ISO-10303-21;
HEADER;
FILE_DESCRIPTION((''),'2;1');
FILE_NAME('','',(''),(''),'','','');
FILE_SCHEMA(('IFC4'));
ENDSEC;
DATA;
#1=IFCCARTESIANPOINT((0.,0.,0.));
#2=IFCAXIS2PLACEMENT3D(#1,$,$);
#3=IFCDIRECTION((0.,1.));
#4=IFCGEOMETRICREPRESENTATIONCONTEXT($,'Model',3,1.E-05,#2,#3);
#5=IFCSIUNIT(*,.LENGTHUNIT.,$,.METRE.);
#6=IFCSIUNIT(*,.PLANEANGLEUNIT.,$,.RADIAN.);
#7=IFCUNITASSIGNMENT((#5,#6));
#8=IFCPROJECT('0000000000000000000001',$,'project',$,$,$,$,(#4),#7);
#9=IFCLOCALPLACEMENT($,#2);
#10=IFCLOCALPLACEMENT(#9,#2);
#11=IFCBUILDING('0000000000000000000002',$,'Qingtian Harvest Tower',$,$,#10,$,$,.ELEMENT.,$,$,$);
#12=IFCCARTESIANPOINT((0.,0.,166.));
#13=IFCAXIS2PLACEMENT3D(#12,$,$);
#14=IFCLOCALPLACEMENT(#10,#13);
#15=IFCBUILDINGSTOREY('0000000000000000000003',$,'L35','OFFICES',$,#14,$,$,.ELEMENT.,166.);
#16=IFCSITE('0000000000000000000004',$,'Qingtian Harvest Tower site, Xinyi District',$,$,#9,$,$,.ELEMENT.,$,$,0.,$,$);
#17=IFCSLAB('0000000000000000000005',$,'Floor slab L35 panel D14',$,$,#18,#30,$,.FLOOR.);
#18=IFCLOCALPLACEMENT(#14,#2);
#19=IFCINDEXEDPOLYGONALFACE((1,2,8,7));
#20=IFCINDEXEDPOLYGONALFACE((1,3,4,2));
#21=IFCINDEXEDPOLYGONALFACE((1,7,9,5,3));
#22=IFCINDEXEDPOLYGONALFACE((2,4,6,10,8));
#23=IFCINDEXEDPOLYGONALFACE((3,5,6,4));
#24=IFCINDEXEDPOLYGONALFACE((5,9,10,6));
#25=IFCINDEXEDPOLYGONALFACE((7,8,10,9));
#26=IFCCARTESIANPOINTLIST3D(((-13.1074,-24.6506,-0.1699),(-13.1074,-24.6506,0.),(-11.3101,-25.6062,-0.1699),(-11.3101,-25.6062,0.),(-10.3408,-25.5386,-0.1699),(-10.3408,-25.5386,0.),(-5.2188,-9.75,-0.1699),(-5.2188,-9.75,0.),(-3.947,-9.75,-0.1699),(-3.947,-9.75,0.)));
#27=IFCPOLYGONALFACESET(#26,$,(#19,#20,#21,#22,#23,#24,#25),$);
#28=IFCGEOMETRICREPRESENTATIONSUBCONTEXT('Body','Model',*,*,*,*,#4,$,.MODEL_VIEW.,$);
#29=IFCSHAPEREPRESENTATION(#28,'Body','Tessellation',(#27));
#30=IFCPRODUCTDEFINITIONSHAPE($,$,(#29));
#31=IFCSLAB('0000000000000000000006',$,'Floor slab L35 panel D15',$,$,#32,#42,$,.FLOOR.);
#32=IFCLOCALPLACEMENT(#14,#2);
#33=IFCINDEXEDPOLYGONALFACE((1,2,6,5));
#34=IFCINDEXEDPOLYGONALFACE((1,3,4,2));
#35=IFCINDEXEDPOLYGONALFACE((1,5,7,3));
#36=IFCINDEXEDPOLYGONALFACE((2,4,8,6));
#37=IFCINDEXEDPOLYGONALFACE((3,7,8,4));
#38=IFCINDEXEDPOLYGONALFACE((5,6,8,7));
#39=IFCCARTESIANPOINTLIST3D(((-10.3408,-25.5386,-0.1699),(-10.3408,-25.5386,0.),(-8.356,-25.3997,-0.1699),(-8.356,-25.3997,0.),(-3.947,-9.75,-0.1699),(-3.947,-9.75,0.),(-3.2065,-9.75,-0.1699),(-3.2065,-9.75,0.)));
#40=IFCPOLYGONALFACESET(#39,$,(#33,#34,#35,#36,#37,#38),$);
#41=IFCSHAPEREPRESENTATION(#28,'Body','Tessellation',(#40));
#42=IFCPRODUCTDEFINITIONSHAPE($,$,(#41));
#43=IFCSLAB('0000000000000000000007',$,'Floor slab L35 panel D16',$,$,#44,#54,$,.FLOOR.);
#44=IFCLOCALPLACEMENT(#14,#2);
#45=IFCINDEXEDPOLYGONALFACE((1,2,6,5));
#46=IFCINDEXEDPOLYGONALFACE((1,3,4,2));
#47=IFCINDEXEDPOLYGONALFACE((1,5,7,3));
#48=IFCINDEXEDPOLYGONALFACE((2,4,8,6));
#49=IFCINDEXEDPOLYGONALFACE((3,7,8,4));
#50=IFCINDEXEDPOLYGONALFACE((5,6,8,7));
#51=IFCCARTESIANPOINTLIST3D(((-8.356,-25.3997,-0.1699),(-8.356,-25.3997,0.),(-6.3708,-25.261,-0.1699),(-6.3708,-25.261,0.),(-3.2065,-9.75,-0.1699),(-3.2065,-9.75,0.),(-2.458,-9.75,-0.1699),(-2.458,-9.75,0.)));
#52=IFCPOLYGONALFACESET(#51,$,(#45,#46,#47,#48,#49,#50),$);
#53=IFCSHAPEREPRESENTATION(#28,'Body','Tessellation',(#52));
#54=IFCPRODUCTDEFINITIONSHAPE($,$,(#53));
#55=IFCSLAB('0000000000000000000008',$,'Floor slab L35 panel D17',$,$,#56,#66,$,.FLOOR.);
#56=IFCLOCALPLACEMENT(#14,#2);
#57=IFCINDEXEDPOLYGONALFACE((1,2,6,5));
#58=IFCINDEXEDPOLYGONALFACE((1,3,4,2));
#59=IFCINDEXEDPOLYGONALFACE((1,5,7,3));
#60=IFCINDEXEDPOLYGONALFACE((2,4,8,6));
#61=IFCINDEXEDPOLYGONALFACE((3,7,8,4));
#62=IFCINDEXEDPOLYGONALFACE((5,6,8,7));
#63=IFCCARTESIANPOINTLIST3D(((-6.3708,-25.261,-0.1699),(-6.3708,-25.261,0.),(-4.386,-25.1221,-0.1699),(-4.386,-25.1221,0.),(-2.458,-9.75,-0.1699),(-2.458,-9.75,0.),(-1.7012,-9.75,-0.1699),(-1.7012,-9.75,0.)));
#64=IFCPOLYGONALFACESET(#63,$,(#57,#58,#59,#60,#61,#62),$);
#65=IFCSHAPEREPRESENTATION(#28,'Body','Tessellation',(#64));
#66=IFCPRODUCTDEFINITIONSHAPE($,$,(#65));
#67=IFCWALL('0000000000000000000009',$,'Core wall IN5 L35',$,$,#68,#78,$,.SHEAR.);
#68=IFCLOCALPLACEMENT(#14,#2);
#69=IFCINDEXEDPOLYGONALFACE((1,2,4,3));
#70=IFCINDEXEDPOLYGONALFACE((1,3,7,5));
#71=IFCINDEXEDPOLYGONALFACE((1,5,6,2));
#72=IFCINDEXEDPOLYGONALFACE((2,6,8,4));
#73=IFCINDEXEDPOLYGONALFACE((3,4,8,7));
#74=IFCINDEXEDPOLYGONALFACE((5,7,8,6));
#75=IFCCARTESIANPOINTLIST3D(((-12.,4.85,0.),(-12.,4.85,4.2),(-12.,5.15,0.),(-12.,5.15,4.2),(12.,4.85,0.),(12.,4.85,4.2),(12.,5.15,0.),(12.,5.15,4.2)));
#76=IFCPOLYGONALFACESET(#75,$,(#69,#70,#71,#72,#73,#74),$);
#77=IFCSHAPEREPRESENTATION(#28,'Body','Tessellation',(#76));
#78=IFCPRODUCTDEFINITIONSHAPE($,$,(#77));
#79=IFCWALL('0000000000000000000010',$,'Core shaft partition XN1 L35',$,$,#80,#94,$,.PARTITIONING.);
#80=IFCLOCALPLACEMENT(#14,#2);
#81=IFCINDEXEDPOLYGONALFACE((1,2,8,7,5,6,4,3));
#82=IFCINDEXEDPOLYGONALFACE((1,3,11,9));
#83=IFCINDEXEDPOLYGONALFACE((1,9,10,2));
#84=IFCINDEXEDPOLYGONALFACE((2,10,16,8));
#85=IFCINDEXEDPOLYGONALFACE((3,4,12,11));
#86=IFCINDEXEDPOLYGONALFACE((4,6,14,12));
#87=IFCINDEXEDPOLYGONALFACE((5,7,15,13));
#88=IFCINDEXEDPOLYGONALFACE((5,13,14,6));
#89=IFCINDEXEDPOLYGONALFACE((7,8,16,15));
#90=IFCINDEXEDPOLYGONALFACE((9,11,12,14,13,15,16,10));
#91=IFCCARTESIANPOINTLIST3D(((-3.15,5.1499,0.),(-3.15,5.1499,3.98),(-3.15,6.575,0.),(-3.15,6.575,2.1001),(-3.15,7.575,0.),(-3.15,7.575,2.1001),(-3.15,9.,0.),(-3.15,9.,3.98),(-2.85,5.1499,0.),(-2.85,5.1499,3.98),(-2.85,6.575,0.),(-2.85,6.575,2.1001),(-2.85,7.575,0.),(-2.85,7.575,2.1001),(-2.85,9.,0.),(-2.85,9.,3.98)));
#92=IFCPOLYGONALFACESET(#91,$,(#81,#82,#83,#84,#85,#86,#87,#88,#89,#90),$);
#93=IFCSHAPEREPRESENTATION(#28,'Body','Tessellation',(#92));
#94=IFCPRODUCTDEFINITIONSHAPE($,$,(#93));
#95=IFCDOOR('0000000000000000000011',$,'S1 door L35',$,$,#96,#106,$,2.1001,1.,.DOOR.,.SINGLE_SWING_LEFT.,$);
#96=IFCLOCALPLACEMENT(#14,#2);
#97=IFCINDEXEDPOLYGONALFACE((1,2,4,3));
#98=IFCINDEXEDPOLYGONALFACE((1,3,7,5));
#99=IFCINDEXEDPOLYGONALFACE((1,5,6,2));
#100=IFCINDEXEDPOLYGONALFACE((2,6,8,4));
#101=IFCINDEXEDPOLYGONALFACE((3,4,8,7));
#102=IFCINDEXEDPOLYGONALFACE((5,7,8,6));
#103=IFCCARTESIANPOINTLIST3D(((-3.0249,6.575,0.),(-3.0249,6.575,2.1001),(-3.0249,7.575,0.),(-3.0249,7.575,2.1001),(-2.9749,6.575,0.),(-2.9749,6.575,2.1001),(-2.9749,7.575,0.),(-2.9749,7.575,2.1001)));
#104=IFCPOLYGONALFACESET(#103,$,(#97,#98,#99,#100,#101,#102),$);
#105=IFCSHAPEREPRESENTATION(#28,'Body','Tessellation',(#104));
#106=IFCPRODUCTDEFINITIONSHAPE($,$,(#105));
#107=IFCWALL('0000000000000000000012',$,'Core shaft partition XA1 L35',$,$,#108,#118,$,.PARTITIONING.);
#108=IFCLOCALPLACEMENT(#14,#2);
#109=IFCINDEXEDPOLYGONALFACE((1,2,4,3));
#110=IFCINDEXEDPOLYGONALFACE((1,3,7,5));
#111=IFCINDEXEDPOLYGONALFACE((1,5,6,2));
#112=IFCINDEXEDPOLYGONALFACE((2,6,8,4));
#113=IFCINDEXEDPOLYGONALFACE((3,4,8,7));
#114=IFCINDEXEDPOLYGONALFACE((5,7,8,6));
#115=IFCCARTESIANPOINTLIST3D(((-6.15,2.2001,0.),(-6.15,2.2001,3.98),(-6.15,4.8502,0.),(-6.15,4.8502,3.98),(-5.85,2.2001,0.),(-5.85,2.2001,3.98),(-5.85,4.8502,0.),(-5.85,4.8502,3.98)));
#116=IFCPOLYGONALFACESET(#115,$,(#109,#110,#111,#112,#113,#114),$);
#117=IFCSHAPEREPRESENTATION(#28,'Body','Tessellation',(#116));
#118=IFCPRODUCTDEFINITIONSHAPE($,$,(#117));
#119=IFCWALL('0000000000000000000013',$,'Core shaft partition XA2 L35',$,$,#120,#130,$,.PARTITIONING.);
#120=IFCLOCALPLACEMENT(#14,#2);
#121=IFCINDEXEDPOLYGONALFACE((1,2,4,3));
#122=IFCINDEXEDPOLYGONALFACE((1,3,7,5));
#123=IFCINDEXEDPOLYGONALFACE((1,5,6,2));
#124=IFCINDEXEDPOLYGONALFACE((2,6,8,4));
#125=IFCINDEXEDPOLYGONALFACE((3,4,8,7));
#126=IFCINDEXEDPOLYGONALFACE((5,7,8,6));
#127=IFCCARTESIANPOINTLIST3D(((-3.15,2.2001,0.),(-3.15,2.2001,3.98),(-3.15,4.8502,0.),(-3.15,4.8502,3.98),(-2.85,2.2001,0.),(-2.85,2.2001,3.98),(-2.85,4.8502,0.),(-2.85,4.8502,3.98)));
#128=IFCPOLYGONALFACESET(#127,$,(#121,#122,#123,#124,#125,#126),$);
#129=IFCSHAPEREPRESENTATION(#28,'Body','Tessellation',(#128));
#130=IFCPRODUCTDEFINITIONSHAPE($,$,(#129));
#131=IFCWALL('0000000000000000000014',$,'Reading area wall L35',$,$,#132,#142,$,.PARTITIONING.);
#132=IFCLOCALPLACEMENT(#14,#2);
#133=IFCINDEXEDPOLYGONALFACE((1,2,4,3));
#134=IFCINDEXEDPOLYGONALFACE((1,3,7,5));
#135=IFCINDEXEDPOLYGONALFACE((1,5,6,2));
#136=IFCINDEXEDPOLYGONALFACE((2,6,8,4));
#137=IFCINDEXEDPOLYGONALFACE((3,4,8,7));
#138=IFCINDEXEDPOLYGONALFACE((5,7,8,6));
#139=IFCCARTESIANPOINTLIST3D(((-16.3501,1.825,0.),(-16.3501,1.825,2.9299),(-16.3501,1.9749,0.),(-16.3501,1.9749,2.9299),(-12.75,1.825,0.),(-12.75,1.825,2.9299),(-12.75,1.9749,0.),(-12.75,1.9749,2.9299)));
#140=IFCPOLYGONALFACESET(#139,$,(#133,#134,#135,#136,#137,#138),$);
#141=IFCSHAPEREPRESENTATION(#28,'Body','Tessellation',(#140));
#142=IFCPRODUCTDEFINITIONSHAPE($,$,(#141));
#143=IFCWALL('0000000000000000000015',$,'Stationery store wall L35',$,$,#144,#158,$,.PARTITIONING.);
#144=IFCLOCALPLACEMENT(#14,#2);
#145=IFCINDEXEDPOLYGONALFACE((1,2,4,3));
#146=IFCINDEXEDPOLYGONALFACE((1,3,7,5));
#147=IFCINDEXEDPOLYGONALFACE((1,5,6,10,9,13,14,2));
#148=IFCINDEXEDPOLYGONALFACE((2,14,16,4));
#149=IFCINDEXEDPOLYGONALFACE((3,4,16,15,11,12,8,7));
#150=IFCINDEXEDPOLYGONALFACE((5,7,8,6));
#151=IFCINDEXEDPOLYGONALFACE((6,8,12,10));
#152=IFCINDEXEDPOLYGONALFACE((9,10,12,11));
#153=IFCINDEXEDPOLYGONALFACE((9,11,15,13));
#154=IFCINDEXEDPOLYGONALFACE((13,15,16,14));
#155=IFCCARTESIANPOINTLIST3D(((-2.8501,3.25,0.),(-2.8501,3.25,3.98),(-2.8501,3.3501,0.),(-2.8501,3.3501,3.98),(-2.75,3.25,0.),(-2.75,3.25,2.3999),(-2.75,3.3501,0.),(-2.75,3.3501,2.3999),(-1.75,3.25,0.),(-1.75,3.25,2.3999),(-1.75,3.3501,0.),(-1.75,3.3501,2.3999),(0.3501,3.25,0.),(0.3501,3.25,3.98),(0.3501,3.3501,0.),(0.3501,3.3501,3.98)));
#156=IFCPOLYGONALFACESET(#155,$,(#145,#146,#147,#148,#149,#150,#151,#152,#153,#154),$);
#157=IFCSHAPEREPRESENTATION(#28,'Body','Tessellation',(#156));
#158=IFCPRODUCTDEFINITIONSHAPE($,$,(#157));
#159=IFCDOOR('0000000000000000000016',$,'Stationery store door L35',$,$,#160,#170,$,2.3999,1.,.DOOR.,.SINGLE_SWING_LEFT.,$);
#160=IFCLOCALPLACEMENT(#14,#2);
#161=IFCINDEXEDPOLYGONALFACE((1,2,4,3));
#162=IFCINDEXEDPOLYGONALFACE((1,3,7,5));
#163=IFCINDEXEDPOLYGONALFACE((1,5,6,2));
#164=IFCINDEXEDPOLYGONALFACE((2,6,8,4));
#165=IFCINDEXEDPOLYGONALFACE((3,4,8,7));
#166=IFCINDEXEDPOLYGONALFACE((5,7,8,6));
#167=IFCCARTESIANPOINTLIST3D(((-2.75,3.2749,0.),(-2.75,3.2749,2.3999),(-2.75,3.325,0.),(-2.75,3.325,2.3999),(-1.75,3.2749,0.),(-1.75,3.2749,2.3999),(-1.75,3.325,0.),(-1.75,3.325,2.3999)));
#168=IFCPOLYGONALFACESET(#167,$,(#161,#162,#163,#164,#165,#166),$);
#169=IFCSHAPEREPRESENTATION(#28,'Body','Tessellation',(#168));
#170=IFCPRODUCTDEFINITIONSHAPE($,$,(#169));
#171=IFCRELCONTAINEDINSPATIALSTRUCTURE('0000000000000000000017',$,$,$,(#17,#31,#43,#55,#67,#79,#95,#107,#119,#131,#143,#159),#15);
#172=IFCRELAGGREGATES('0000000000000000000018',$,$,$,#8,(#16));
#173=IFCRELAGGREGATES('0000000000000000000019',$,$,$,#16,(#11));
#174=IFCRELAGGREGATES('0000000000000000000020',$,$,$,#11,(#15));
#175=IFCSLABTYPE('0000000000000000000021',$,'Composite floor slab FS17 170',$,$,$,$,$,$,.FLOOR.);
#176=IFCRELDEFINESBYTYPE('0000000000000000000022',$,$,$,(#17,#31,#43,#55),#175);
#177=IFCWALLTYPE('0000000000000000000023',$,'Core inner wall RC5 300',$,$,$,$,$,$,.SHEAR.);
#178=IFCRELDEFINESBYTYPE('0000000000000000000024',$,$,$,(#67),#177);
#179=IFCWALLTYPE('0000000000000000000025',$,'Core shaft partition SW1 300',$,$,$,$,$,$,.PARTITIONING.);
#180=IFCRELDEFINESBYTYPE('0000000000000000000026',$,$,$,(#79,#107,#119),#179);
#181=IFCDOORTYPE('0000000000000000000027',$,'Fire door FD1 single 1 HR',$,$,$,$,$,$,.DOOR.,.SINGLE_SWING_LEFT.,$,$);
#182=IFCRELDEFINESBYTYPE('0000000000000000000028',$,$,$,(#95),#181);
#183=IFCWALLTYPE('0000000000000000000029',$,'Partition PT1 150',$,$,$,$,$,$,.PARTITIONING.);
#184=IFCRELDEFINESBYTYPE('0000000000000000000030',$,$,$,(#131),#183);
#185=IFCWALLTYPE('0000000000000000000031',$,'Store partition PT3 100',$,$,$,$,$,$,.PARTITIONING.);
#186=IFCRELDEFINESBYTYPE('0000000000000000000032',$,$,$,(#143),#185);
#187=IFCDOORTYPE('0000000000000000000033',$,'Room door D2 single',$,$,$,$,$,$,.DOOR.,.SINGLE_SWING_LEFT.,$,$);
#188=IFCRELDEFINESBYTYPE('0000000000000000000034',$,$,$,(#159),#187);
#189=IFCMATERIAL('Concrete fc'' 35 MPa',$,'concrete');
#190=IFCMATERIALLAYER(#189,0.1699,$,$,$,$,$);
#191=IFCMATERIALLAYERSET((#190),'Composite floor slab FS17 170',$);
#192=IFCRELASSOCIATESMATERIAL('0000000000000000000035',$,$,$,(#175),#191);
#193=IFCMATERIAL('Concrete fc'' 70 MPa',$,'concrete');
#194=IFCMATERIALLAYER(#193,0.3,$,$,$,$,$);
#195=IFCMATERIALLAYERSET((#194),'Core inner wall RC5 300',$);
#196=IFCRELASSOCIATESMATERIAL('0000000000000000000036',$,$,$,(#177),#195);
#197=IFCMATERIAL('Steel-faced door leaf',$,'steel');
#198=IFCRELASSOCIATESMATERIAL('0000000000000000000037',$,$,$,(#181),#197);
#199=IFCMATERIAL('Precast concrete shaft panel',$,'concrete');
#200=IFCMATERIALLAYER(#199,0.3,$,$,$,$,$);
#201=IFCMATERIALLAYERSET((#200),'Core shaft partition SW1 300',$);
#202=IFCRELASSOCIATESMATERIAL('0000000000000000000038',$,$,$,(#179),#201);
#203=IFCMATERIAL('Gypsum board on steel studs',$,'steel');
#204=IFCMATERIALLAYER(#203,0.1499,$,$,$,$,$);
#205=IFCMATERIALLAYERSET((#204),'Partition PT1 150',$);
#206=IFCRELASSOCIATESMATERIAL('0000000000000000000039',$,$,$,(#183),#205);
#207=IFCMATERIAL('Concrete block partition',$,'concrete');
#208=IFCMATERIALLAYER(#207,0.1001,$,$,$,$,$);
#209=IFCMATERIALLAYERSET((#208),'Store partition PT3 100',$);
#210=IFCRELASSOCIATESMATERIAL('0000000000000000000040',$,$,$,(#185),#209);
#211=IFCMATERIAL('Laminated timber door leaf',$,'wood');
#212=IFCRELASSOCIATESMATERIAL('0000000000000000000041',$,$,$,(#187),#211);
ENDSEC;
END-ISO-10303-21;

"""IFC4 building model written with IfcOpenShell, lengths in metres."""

from ifc_helpers import new_model, si_unit, direction, frame, frame_2d, origin, place, context, subcontext, project, spatial, polyline, rectangle, outline, extrude, material, layer, layer_set, type_object, element, fill, save


model = new_model("IFC4")

# Units and contexts
model_context = context("Model", 3, precision=1e-05, world=origin(), true_north=direction((0.0, 1.0)))
body_context = subcontext(model_context, "Body", "Model", "MODEL_VIEW")
ifc_project = project(units=[si_unit("LENGTHUNIT", "METRE"), si_unit("PLANEANGLEUNIT", "RADIAN")], contexts=[model_context])

# Site, building, storey
site_placement = place(None, origin())
site = spatial("IfcSite", under=ifc_project, at=site_placement, Name="Qingtian Harvest Tower site, Xinyi District", CompositionType="ELEMENT", RefElevation=0.0)
building_placement = place(site_placement, origin())
building = spatial("IfcBuilding", under=site, at=building_placement, Name="Qingtian Harvest Tower", CompositionType="ELEMENT")
storey_placement = place(building_placement, frame((0.0, 0.0, 166.0)))
storey = spatial("IfcBuildingStorey", under=building, at=storey_placement, Name="L35", Description="OFFICES", CompositionType="ELEMENT", Elevation=166.0)

# Slabs
ifc_material_1 = material(Name="Concrete fc' 35 MPa", Category="concrete")
ifc_layer_1 = layer(ifc_material_1, 0.1699)
ifc_layer_set_1 = layer_set([ifc_layer_1], Name="Composite floor slab FS17 170")
slab_type = type_object("IfcSlabType", Name="Composite floor slab FS17 170", PredefinedType="FLOOR", material=ifc_layer_set_1)
slab_1_placement = place(storey_placement, frame((0.0, 0.0, -0.1699)))
element("IfcSlab", 1, at=slab_1_placement, inside=storey, type_object=slab_type, Name="Floor slab L35 panel D14", PredefinedType="FLOOR", context=body_context, shape_type="SweptSolid", body=[
    extrude(outline(polyline([(-5.2188, -9.75), (-3.947, -9.75), (-10.3408, -25.5386), (-11.3101, -25.6062), (-13.1074, -24.6506), (-5.2188, -9.75)])), origin(), (0.0, 0.0, 1.0), 0.1699),
])
slab_2_placement = place(storey_placement, frame((0.0, 0.0, -0.1699)))
element("IfcSlab", 2, at=slab_2_placement, inside=storey, type_object=slab_type, Name="Floor slab L35 panel D15", PredefinedType="FLOOR", context=body_context, shape_type="SweptSolid", body=[
    extrude(outline(polyline([(-3.2065, -9.75), (-8.356, -25.3997), (-10.3408, -25.5386), (-3.947, -9.75), (-3.2065, -9.75)])), origin(), (0.0, 0.0, 1.0), 0.1699),
])
slab_3_placement = place(storey_placement, frame((0.0, 0.0, -0.1699)))
element("IfcSlab", 3, at=slab_3_placement, inside=storey, type_object=slab_type, Name="Floor slab L35 panel D16", PredefinedType="FLOOR", context=body_context, shape_type="SweptSolid", body=[
    extrude(outline(polyline([(-2.458, -9.75), (-6.3708, -25.261), (-8.356, -25.3997), (-3.2065, -9.75), (-2.458, -9.75)])), origin(), (0.0, 0.0, 1.0), 0.1699),
])
slab_4_placement = place(storey_placement, frame((0.0, 0.0, -0.1699)))
element("IfcSlab", 4, at=slab_4_placement, inside=storey, type_object=slab_type, Name="Floor slab L35 panel D17", PredefinedType="FLOOR", context=body_context, shape_type="SweptSolid", body=[
    extrude(outline(polyline([(-1.7012, -9.75), (-4.386, -25.1221), (-6.3708, -25.261), (-2.458, -9.75), (-1.7012, -9.75)])), origin(), (0.0, 0.0, 1.0), 0.1699),
])

# Wall
ifc_material_2 = material(Name="Concrete fc' 70 MPa", Category="concrete")
ifc_layer_2 = layer(ifc_material_2, 0.3)
ifc_layer_set_2 = layer_set([ifc_layer_2], Name="Core inner wall RC5 300")
wall_type_1 = type_object("IfcWallType", Name="Core inner wall RC5 300", PredefinedType="SHEAR", material=ifc_layer_set_2)
wall_1_placement = place(storey_placement, frame((-12.0, 5.0, 0.0), z_axis=(0.0, 0.0, 1.0), x_axis=(1.0, 0.0, 0.0)))
element("IfcWall", 5, at=wall_1_placement, inside=storey, type_object=wall_type_1, Name="Core wall IN5 L35", PredefinedType="SHEAR", context=body_context, shape_type="SweptSolid", body=[
    extrude(rectangle(XDim=24.0, YDim=0.3, at=frame_2d((12.0, 0.0))), origin(), (0.0, 0.0, 1.0), 4.2),
])

# Shared definitions
ifc_material_3 = material(Name="Steel-faced door leaf", Category="steel")
door_type_1 = type_object("IfcDoorType", Name="Fire door FD1 single 1 HR", OperationType="SINGLE_SWING_LEFT", PredefinedType="DOOR", material=ifc_material_3)

# Wall, opening, door
ifc_material_4 = material(Name="Precast concrete shaft panel", Category="concrete")
ifc_layer_3 = layer(ifc_material_4, 0.3)
ifc_layer_set_3 = layer_set([ifc_layer_3], Name="Core shaft partition SW1 300")
wall_type_2 = type_object("IfcWallType", Name="Core shaft partition SW1 300", PredefinedType="PARTITIONING", material=ifc_layer_set_3)
wall_2_placement = place(storey_placement, frame((-3.0, 5.1499, 0.0), z_axis=(0.0, 0.0, 1.0), x_axis=(0.0, 1.0, 0.0)))
wall_2 = element("IfcWall", 6, at=wall_2_placement, inside=storey, type_object=wall_type_2, Name="Core shaft partition XN1 L35", PredefinedType="PARTITIONING", context=body_context, shape_type="SweptSolid", body=[
    extrude(rectangle(XDim=3.8501, YDim=0.3, at=frame_2d((1.925, 0.0))), origin(), (0.0, 0.0, 1.0), 3.98),
])
opening_1_placement = place(wall_2_placement, frame((1.425, 0.0, 0.0)))
opening_1 = element("IfcOpeningElement", 7, at=opening_1_placement, cuts=wall_2, PredefinedType="OPENING", context=body_context, shape_type="SweptSolid", body=[
    extrude(rectangle(XDim=1.0, YDim=2.1001, at=frame_2d((0.5, 1.05))), frame((0.0, 0.1599, 0.0), z_axis=(0.0, -1.0, 0.0), x_axis=(1.0, 0.0, 0.0)), (0.0, 0.0, 1.0), 0.3201),
])
door_1_placement = place(opening_1_placement, origin())
door_1 = element("IfcDoor", 8, at=door_1_placement, inside=storey, type_object=door_type_1, Name="S1 door L35", OperationType="SINGLE_SWING_LEFT", OverallHeight=2.1001, OverallWidth=1.0, PredefinedType="DOOR", context=body_context, shape_type="SweptSolid", body=[
    extrude(rectangle(XDim=1.0, YDim=2.1001, at=frame_2d((0.5, 1.05))), frame((0.0, 0.0249, 0.0), z_axis=(0.0, -1.0, 0.0), x_axis=(1.0, 0.0, 0.0)), (0.0, 0.0, 1.0), 0.05),
])
fill(opening_1, door_1)

# Walls
for number, where, z_axis, x_axis, name in (
    (9, (-6.0, 2.2, 0.0), (0.0, 0.0, 1.0), (0.0, 1.0, 0.0), "Core shaft partition XA1 L35"),
    (10, (-3.0, 2.2, 0.0), (0.0, 0.0, 1.0), (0.0, 1.0, 0.0), "Core shaft partition XA2 L35"),
):
    element("IfcWall", number, at=place(storey_placement, frame(where, z_axis=z_axis, x_axis=x_axis)), inside=storey, type_object=wall_type_2, Name=name, PredefinedType="PARTITIONING", context=body_context, shape_type="SweptSolid", body=[
        extrude(rectangle(XDim=2.6501, YDim=0.3, at=frame_2d((1.3252, 0.0))), origin(), (0.0, 0.0, 1.0), 3.98),
    ])
ifc_material_5 = material(Name="Gypsum board on steel studs", Category="steel")
ifc_layer_4 = layer(ifc_material_5, 0.1499)
ifc_layer_set_4 = layer_set([ifc_layer_4], Name="Partition PT1 150")
wall_type_3 = type_object("IfcWallType", Name="Partition PT1 150", PredefinedType="PARTITIONING", material=ifc_layer_set_4)
wall_3_placement = place(storey_placement, frame((-12.75, 1.8999, 0.0), z_axis=(0.0, 0.0, 1.0), x_axis=(-1.0, 0.0, 0.0)))
element("IfcWall", 11, at=wall_3_placement, inside=storey, type_object=wall_type_3, Name="Reading area wall L35", PredefinedType="PARTITIONING", context=body_context, shape_type="SweptSolid", body=[
    extrude(rectangle(XDim=3.6001, YDim=0.1499, at=frame_2d((1.8, 0.0))), origin(), (0.0, 0.0, 1.0), 2.9299),
])

# Wall, opening, door
ifc_material_6 = material(Name="Concrete block partition", Category="concrete")
ifc_layer_5 = layer(ifc_material_6, 0.1001)
ifc_layer_set_5 = layer_set([ifc_layer_5], Name="Store partition PT3 100")
wall_type_4 = type_object("IfcWallType", Name="Store partition PT3 100", PredefinedType="PARTITIONING", material=ifc_layer_set_5)
wall_4_placement = place(storey_placement, frame((-2.8501, 3.3, 0.0), z_axis=(0.0, 0.0, 1.0), x_axis=(1.0, 0.0, 0.0)))
wall_4 = element("IfcWall", 12, at=wall_4_placement, inside=storey, type_object=wall_type_4, Name="Stationery store wall L35", PredefinedType="PARTITIONING", context=body_context, shape_type="SweptSolid", body=[
    extrude(rectangle(XDim=3.2002, YDim=0.1001, at=frame_2d((1.6001, 0.0))), origin(), (0.0, 0.0, 1.0), 3.98),
])
opening_2_placement = place(wall_4_placement, frame((0.1001, 0.0, 0.0)))
opening_2 = element("IfcOpeningElement", 13, at=opening_2_placement, cuts=wall_4, PredefinedType="OPENING", context=body_context, shape_type="SweptSolid", body=[
    extrude(rectangle(XDim=1.0, YDim=2.3999, at=frame_2d((0.5, 1.2))), frame((0.0, 0.0601, 0.0), z_axis=(0.0, -1.0, 0.0), x_axis=(1.0, 0.0, 0.0)), (0.0, 0.0, 1.0), 0.1201),
])
ifc_material_7 = material(Name="Laminated timber door leaf", Category="wood")
door_type_2 = type_object("IfcDoorType", Name="Room door D2 single", OperationType="SINGLE_SWING_LEFT", PredefinedType="DOOR", material=ifc_material_7)
door_2_placement = place(opening_2_placement, origin())
door_2 = element("IfcDoor", 14, at=door_2_placement, inside=storey, type_object=door_type_2, Name="Stationery store door L35", OperationType="SINGLE_SWING_LEFT", OverallHeight=2.3999, OverallWidth=1.0, PredefinedType="DOOR", context=body_context, shape_type="SweptSolid", body=[
    extrude(rectangle(XDim=1.0, YDim=2.3999, at=frame_2d((0.5, 1.2))), frame((0.0, 0.0249, 0.0), z_axis=(0.0, -1.0, 0.0), x_axis=(1.0, 0.0, 0.0)), (0.0, 0.0, 1.0), 0.05),
])
fill(opening_2, door_2)

save(model, "model.ifc")
